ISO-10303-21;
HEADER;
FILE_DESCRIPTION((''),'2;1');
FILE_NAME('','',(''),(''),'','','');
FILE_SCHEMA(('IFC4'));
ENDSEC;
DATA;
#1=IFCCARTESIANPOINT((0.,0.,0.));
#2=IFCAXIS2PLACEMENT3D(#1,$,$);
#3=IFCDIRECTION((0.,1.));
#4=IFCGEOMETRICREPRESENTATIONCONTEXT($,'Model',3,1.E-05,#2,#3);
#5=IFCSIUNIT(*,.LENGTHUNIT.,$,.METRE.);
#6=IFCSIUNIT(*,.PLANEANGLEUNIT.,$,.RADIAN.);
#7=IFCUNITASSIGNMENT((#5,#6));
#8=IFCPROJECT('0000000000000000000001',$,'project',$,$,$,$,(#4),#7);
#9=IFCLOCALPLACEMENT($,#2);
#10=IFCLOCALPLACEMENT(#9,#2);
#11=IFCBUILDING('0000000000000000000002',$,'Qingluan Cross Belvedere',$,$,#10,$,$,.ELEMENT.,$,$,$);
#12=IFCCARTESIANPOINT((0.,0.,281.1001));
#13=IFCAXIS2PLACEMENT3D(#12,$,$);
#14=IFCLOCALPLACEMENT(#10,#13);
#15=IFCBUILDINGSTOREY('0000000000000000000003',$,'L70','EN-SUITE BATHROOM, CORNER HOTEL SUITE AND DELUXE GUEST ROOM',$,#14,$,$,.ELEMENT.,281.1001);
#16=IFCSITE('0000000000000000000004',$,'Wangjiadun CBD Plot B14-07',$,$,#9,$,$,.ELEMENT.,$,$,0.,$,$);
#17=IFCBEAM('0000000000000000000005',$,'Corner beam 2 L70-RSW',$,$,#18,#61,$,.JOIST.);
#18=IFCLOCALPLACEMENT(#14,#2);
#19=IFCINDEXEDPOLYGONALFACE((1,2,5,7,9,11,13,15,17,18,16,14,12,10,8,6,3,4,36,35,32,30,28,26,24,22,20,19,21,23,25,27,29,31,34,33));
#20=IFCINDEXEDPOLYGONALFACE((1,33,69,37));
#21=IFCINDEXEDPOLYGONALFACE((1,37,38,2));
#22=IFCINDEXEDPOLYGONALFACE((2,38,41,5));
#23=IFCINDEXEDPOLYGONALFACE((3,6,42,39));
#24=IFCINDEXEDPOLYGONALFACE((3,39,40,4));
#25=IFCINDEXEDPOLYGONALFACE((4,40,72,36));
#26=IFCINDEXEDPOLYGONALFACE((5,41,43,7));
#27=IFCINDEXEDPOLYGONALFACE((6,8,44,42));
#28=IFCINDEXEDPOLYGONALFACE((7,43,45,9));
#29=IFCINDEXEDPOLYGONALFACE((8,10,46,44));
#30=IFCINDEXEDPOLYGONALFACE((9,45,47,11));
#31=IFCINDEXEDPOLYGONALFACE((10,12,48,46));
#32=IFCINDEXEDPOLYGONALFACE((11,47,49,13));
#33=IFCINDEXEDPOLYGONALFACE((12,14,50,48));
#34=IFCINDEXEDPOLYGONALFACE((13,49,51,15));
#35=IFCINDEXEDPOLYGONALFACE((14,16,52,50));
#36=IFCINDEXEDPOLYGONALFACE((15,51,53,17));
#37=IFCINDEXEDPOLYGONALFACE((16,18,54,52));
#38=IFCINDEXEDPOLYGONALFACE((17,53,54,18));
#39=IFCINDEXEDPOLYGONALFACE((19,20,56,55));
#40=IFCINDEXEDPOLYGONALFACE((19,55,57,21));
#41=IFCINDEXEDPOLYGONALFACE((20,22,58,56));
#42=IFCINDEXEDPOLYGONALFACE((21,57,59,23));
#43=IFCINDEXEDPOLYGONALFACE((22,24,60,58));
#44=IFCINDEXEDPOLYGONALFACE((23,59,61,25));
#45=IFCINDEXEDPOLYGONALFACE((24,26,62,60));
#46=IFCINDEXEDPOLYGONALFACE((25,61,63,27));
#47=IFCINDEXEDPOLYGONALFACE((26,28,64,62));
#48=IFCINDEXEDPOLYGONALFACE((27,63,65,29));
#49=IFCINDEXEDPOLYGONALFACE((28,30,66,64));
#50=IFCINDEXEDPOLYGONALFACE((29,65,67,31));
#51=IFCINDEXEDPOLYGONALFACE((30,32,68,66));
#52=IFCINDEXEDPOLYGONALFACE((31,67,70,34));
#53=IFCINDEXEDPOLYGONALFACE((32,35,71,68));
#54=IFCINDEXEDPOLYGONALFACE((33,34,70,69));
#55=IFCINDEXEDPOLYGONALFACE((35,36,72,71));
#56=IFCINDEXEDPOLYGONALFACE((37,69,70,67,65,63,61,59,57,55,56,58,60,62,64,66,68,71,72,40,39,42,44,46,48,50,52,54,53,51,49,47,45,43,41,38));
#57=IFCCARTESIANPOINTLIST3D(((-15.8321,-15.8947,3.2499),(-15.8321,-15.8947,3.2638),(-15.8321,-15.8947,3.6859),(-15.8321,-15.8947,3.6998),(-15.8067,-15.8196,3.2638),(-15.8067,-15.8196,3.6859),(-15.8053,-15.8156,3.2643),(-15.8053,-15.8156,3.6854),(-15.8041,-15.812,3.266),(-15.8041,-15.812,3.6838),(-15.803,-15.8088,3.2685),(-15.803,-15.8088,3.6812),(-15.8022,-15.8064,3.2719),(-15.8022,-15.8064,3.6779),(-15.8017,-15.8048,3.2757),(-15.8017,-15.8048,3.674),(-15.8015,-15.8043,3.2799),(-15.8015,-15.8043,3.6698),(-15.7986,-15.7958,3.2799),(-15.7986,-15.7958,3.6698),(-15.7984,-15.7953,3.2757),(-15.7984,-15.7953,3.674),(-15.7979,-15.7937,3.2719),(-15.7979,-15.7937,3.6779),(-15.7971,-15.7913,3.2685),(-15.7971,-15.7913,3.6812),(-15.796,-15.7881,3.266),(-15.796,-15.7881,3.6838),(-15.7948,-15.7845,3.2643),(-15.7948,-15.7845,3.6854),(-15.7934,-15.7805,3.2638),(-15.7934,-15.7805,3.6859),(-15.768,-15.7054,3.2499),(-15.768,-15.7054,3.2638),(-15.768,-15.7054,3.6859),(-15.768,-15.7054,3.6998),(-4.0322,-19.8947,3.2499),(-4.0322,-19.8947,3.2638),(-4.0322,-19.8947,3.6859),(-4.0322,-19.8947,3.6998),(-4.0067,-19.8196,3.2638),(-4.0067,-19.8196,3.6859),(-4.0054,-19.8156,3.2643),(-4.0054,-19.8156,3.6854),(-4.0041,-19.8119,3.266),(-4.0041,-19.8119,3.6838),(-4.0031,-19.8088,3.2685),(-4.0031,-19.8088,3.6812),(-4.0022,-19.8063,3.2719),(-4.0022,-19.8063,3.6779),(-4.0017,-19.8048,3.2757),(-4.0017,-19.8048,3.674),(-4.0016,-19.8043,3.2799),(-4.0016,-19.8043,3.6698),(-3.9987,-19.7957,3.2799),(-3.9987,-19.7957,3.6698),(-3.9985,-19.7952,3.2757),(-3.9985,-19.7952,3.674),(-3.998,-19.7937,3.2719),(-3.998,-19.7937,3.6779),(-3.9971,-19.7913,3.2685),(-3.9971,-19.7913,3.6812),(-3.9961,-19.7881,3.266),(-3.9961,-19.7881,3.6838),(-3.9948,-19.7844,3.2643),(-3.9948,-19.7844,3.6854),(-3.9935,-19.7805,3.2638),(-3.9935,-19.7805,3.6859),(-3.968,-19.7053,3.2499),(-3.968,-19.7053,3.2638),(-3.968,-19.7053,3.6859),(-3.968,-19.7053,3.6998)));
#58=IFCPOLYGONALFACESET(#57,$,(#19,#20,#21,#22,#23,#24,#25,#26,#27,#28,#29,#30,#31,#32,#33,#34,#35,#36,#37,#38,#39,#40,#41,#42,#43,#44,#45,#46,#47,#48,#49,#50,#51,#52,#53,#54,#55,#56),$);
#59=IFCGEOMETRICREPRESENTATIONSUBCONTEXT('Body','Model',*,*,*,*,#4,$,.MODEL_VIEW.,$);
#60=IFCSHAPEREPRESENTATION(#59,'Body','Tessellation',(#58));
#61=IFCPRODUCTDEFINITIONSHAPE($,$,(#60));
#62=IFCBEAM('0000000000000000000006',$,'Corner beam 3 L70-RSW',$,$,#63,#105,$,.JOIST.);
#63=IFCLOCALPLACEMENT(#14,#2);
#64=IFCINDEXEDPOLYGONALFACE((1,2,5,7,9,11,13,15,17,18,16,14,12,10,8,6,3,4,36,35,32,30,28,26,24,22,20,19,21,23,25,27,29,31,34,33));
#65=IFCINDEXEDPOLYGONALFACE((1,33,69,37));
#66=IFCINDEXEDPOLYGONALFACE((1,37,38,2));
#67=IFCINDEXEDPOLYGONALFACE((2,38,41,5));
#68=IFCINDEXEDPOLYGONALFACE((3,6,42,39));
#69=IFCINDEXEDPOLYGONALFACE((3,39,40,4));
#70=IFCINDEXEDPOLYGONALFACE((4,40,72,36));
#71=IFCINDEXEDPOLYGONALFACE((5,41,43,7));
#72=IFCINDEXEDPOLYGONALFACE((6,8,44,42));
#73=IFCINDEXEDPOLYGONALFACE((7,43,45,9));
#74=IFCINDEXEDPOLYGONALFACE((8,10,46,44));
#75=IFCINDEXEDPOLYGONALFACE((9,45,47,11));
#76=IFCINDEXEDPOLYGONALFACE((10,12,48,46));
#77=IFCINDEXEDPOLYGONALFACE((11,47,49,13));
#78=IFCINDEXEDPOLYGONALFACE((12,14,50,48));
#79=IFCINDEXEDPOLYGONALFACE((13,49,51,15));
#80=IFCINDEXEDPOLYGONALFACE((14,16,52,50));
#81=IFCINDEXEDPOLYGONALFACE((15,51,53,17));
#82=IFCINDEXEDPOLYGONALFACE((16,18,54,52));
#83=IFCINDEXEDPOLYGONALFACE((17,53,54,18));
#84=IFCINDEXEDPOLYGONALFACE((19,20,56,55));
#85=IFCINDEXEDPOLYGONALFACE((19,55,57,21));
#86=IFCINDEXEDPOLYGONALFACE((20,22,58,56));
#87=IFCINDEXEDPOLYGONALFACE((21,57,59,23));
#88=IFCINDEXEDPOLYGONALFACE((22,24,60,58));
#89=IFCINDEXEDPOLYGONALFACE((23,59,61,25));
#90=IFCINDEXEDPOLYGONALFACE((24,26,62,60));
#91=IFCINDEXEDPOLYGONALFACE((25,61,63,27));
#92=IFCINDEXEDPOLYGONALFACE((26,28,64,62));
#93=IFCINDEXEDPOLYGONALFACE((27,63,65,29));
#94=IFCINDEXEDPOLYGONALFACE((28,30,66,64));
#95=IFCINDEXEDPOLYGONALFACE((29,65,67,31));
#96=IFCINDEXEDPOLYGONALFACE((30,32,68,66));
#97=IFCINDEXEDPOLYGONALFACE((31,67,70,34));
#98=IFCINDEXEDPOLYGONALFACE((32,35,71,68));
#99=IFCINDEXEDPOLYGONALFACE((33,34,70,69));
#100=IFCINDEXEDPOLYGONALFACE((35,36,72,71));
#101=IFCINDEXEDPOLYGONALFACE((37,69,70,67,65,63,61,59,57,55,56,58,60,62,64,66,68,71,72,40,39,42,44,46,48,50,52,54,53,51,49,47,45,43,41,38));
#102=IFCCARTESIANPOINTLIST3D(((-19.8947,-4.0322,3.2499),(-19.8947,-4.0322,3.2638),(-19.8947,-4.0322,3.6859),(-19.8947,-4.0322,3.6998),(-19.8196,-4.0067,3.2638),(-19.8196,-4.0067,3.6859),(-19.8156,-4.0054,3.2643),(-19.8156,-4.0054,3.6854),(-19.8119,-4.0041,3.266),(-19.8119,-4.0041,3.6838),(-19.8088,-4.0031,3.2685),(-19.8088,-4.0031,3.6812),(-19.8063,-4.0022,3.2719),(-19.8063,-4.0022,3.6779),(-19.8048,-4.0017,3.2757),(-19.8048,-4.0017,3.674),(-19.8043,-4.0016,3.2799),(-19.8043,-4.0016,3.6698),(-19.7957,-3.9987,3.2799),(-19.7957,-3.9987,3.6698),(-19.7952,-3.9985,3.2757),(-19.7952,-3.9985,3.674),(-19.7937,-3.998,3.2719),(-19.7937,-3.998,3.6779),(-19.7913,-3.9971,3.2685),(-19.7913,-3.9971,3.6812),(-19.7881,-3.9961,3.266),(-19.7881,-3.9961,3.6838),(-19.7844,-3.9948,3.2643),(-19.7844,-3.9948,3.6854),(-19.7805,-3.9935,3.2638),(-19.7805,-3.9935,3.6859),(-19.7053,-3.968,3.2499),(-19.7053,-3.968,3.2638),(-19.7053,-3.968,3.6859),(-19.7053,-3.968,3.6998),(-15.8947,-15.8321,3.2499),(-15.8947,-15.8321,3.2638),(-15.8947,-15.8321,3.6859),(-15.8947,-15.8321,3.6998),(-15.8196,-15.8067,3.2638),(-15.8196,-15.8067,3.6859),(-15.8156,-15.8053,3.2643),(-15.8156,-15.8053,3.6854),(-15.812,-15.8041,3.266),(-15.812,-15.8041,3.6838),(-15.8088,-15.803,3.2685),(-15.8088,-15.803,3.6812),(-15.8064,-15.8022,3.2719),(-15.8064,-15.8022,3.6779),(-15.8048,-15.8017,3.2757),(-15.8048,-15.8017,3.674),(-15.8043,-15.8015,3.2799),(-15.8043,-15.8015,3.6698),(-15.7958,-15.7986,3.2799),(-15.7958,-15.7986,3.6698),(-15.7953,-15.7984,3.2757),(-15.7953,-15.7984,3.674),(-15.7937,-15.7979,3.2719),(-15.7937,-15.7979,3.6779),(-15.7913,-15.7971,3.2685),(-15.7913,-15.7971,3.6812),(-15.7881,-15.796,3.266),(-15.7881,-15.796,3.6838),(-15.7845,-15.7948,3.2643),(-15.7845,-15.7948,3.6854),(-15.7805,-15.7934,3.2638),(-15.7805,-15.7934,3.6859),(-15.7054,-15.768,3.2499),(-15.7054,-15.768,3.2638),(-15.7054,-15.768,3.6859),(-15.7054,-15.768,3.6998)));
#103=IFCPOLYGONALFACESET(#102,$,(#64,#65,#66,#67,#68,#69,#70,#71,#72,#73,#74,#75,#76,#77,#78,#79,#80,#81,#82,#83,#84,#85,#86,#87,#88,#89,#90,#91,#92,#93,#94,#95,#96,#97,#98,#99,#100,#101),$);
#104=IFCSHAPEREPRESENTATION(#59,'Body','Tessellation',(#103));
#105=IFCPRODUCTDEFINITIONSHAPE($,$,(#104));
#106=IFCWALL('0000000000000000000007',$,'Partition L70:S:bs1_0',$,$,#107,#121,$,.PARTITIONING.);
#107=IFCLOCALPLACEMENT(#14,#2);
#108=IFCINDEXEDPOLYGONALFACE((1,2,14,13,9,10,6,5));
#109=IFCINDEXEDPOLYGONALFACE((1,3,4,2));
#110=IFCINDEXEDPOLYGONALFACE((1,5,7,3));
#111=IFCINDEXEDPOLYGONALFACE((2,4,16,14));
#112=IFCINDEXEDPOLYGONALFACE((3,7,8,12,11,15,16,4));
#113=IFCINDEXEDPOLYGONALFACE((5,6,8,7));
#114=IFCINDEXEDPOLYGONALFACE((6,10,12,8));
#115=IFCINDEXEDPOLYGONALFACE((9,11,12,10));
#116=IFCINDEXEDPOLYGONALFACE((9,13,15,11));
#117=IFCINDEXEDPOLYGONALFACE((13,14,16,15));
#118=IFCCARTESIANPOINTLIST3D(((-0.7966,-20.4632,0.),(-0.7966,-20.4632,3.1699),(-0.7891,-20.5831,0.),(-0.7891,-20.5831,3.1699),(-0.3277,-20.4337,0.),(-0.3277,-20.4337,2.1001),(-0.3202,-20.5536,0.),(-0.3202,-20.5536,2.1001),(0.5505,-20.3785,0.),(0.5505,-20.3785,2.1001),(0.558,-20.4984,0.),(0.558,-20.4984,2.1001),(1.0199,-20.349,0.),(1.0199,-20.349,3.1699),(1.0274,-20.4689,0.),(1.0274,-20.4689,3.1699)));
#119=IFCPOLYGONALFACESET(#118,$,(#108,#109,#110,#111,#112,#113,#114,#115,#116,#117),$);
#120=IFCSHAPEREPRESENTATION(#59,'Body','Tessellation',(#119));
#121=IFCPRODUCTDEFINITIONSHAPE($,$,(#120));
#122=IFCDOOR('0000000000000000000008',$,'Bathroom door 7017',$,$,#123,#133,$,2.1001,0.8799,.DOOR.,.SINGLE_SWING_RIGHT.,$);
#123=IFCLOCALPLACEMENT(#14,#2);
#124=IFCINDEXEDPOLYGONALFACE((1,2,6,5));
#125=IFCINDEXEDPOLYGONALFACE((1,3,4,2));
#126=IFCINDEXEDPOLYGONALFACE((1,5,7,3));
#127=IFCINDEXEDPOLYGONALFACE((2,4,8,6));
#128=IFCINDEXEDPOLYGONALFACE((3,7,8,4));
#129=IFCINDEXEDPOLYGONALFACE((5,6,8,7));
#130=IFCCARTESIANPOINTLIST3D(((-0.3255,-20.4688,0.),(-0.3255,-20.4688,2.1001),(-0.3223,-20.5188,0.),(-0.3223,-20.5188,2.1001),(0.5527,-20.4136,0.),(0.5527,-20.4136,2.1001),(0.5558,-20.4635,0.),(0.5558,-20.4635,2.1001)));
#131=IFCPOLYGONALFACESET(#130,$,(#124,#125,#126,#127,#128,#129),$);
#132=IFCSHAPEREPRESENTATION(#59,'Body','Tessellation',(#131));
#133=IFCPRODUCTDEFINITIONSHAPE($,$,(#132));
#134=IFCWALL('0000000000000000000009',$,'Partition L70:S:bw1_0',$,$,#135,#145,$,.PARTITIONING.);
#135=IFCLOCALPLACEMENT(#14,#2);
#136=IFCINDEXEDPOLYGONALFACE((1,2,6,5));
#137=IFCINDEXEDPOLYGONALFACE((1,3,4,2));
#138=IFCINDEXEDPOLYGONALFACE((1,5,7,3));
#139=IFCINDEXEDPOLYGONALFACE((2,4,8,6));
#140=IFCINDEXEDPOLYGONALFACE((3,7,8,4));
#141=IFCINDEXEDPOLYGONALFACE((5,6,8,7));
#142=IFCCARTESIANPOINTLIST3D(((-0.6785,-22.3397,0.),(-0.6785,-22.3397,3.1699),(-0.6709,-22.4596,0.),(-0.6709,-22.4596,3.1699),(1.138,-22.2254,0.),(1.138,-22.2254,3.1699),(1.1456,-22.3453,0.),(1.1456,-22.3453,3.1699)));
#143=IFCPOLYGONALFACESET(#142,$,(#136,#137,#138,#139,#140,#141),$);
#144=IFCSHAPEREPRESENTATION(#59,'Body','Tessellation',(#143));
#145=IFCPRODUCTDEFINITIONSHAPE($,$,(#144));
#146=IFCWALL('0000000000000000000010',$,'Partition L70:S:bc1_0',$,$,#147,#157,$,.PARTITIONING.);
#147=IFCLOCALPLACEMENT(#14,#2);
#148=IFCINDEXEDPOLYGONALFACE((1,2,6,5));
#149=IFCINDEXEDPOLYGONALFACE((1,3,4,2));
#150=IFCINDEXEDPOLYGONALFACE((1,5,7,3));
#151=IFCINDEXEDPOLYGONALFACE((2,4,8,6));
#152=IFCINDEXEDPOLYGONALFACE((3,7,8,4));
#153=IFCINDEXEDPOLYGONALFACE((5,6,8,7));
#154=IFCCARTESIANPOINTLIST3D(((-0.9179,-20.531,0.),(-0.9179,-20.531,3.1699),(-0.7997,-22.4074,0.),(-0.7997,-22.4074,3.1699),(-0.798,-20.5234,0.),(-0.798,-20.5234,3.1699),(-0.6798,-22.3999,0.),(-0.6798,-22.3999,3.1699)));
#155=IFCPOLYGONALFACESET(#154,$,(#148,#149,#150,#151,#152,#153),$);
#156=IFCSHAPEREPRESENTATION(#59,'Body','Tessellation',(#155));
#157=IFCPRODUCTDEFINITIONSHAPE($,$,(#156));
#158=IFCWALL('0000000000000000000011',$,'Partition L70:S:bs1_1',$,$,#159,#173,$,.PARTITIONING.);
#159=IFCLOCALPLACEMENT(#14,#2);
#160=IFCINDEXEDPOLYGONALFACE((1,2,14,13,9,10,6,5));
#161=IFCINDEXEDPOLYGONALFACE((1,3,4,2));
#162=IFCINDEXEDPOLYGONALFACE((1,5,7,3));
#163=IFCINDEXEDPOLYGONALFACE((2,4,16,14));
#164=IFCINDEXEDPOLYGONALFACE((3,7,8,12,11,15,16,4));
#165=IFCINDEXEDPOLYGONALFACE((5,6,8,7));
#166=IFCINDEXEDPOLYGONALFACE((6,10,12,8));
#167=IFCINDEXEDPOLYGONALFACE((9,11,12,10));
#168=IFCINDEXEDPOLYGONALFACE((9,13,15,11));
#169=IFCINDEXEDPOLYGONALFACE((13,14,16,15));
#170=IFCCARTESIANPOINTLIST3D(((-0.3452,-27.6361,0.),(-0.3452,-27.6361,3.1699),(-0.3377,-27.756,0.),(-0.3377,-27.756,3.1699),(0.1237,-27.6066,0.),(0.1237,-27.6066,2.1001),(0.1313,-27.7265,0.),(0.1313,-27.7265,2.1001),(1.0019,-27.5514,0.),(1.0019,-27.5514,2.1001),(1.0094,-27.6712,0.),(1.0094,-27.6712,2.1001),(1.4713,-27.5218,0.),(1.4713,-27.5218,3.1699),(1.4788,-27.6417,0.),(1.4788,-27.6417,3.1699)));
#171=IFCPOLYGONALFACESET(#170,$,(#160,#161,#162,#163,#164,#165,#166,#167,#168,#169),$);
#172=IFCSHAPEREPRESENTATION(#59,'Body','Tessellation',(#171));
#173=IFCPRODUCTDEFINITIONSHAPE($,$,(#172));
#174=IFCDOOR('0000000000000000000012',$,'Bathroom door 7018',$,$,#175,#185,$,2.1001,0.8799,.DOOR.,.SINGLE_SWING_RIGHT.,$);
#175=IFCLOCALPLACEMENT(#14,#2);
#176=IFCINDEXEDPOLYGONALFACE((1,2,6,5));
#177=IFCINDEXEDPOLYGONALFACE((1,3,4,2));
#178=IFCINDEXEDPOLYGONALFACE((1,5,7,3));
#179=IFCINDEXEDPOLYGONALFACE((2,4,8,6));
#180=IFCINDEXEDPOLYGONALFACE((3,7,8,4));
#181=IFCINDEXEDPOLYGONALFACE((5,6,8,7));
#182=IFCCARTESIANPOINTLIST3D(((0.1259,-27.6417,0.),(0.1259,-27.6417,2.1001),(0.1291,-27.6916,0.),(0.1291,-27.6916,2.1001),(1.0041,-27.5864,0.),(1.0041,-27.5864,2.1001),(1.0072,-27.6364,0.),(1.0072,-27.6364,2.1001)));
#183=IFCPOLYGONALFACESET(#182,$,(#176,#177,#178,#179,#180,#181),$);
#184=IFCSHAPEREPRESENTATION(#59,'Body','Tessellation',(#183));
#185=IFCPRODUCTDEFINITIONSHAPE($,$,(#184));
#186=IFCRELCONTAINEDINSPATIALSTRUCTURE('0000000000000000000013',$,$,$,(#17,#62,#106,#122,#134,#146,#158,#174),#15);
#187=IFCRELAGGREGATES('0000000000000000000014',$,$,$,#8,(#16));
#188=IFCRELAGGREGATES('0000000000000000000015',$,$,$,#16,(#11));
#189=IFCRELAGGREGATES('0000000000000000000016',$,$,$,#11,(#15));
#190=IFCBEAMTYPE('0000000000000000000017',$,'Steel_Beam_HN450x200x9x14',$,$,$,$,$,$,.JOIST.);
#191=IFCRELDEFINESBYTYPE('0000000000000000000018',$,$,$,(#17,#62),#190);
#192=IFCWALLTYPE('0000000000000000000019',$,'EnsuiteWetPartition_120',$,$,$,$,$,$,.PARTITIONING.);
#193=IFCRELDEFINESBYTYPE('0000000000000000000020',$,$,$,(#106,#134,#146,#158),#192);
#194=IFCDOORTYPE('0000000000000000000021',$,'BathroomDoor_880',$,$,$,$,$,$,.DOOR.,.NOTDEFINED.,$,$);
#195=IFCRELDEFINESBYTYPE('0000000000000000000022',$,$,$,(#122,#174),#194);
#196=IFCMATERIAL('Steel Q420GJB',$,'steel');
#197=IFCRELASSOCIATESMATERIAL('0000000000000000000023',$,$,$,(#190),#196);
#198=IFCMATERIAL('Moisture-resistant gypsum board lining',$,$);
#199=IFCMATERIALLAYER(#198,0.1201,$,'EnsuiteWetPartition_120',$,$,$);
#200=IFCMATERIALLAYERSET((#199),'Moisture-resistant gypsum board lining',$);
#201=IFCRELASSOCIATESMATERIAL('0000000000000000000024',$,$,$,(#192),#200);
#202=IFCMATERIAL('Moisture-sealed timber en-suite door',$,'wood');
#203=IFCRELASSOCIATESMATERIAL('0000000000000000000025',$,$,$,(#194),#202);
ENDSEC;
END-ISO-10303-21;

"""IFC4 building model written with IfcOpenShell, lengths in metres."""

from ifc_helpers import new_model, si_unit, direction, frame, frame_2d, origin, origin_2d, place, context, subcontext, project, spatial, rectangle, i_section, extrude, material, layer, layer_set, material_profile, profile_set, type_object, element, fill, save


model = new_model("IFC4")

# Units and contexts
model_context = context("Model", 3, precision=1e-05, world=origin(), true_north=direction((0.0, 1.0)))
body_context = subcontext(model_context, "Body", "Model", "MODEL_VIEW")
ifc_project = project(units=[si_unit("LENGTHUNIT", "METRE"), si_unit("PLANEANGLEUNIT", "RADIAN")], contexts=[model_context])

# Site, building, storey
site_placement = place(None, origin())
site = spatial("IfcSite", under=ifc_project, at=site_placement, Name="Wangjiadun CBD Plot B14-07", CompositionType="ELEMENT", RefElevation=0.0)
building_placement = place(site_placement, origin())
building = spatial("IfcBuilding", under=site, at=building_placement, Name="Qingluan Cross Belvedere", CompositionType="ELEMENT")
storey_placement = place(building_placement, frame((0.0, 0.0, 281.1001)))
storey = spatial("IfcBuildingStorey", under=building, at=storey_placement, Name="L70", Description="EN-SUITE BATHROOM, CORNER HOTEL SUITE AND DELUXE GUEST ROOM", CompositionType="ELEMENT", Elevation=281.1001)

# Beams
ifc_material_1 = material(Name="Steel Q420GJB", Category="steel")
ifc_material_profile_1 = material_profile(ifc_material_1, i_section(OverallWidth=0.2, OverallDepth=0.45, WebThickness=0.009, FlangeThickness=0.0139, FilletRadius=0.0161, at=origin_2d()), Name="HN450x200x9x14")
ifc_profile_set_1 = profile_set([ifc_material_profile_1], Name="Steel Q420GJB")
beam_type_1 = type_object("IfcBeamType", Name="Steel_Beam_HN450x200x9x14", PredefinedType="JOIST", material=ifc_profile_set_1)
for number, where, z_axis, x_axis, name in (
    (1, (-15.8, -15.8, 3.4749), (0.947066, -0.321038, 0.0), (0.321038, 0.947066, 0.0), "Corner beam 2 L70-RSW"),
    (2, (-15.8, -15.8, 3.4749), (-0.321038, 0.947066, 0.0), (-0.947066, -0.321038, 0.0), "Corner beam 3 L70-RSW"),
):
    element("IfcBeam", number, at=place(storey_placement, frame(where, z_axis=z_axis, x_axis=x_axis)), inside=storey, type_object=beam_type_1, Name=name, PredefinedType="JOIST", context=body_context, shape_type="SweptSolid", body=[
        extrude(i_section(OverallWidth=0.2, OverallDepth=0.45, WebThickness=0.009, FlangeThickness=0.0139, FilletRadius=0.0161, at=origin_2d()), origin(), (0.0, 0.0, 1.0), 12.4595),
    ])

# Wall, opening, door
ifc_material_2 = material(Name="Moisture-resistant gypsum board lining")
ifc_layer_1 = layer(ifc_material_2, 0.1201, Name="EnsuiteWetPartition_120")
ifc_layer_set_1 = layer_set([ifc_layer_1], Name="Moisture-resistant gypsum board lining")
wall_type_1 = type_object("IfcWallType", Name="EnsuiteWetPartition_120", PredefinedType="PARTITIONING", material=ifc_layer_set_1)
wall_1_placement = place(storey_placement, frame((-0.793, -20.5232, 0.0), z_axis=(0.0, 0.0, 1.0), x_axis=(0.998027, 0.062779, 0.0)))
wall_1 = element("IfcWall", 3, at=wall_1_placement, inside=storey, type_object=wall_type_1, Name="Partition L70:S:bs1_0", PredefinedType="PARTITIONING", context=body_context, shape_type="SweptSolid", body=[
    extrude(rectangle(XDim=1.8201, YDim=0.1201, at=frame_2d((0.9102, 0.0))), origin(), (0.0, 0.0, 1.0), 3.1699),
])
opening_1_placement = place(wall_1_placement, frame((0.47, 0.0, 0.0)))
opening_1 = element("IfcOpeningElement", 4, at=opening_1_placement, cuts=wall_1, PredefinedType="OPENING", context=body_context, shape_type="SweptSolid", body=[
    extrude(rectangle(XDim=0.8799, YDim=2.1001, at=frame_2d((0.4399, 1.05))), frame((0.0, 0.0701, 0.0), z_axis=(0.0, -1.0, 0.0), x_axis=(1.0, 0.0, 0.0)), (0.0, 0.0, 1.0), 0.1401),
])
ifc_material_3 = material(Name="Moisture-sealed timber en-suite door", Category="wood")
door_type = type_object("IfcDoorType", Name="BathroomDoor_880", OperationType="NOTDEFINED", PredefinedType="DOOR", material=ifc_material_3)
door_1_placement = place(opening_1_placement, origin())
door_1 = element("IfcDoor", 5, at=door_1_placement, inside=storey, type_object=door_type, Name="Bathroom door 7017", OperationType="SINGLE_SWING_RIGHT", OverallHeight=2.1001, OverallWidth=0.8799, PredefinedType="DOOR", context=body_context, shape_type="SweptSolid", body=[
    extrude(rectangle(XDim=0.8799, YDim=2.1001, at=frame_2d((0.4399, 1.05))), frame((0.0, 0.0249, 0.0), z_axis=(0.0, -1.0, 0.0), x_axis=(1.0, 0.0, 0.0)), (0.0, 0.0, 1.0), 0.05),
])
fill(opening_1, door_1)

# Walls
wall_2_placement = place(storey_placement, frame((-0.6748, -22.3997, 0.0), z_axis=(0.0, 0.0, 1.0), x_axis=(0.998027, 0.062779, 0.0)))
element("IfcWall", 6, at=wall_2_placement, inside=storey, type_object=wall_type_1, Name="Partition L70:S:bw1_0", PredefinedType="PARTITIONING", context=body_context, shape_type="SweptSolid", body=[
    extrude(rectangle(XDim=1.8201, YDim=0.1201, at=frame_2d((0.9102, 0.0))), origin(), (0.0, 0.0, 1.0), 3.1699),
])
wall_3_placement = place(storey_placement, frame((-0.8579, -20.5273, 0.0), z_axis=(0.0, 0.0, 1.0), x_axis=(0.062847, -0.998023, 0.0)))
element("IfcWall", 7, at=wall_3_placement, inside=storey, type_object=wall_type_1, Name="Partition L70:S:bc1_0", PredefinedType="PARTITIONING", context=body_context, shape_type="SweptSolid", body=[
    extrude(rectangle(XDim=1.8801, YDim=0.1201, at=frame_2d((0.9399, 0.0))), origin(), (0.0, 0.0, 1.0), 3.1699),
])

# Wall, opening, door
wall_4_placement = place(storey_placement, frame((-0.3416, -27.696, 0.0), z_axis=(0.0, 0.0, 1.0), x_axis=(0.998027, 0.062779, 0.0)))
wall_4 = element("IfcWall", 8, at=wall_4_placement, inside=storey, type_object=wall_type_1, Name="Partition L70:S:bs1_1", PredefinedType="PARTITIONING", context=body_context, shape_type="SweptSolid", body=[
    extrude(rectangle(XDim=1.8201, YDim=0.1201, at=frame_2d((0.9102, 0.0))), origin(), (0.0, 0.0, 1.0), 3.1699),
])
opening_2_placement = place(wall_4_placement, frame((0.47, 0.0, 0.0)))
opening_2 = element("IfcOpeningElement", 9, at=opening_2_placement, cuts=wall_4, PredefinedType="OPENING", context=body_context, shape_type="SweptSolid", body=[
    extrude(rectangle(XDim=0.8799, YDim=2.1001, at=frame_2d((0.4399, 1.05))), frame((0.0, 0.0701, 0.0), z_axis=(0.0, -1.0, 0.0), x_axis=(1.0, 0.0, 0.0)), (0.0, 0.0, 1.0), 0.1401),
])
door_2_placement = place(opening_2_placement, origin())
door_2 = element("IfcDoor", 10, at=door_2_placement, inside=storey, type_object=door_type, Name="Bathroom door 7018", OperationType="SINGLE_SWING_RIGHT", OverallHeight=2.1001, OverallWidth=0.8799, PredefinedType="DOOR", context=body_context, shape_type="SweptSolid", body=[
    extrude(rectangle(XDim=0.8799, YDim=2.1001, at=frame_2d((0.4399, 1.05))), frame((0.0, 0.0249, 0.0), z_axis=(0.0, -1.0, 0.0), x_axis=(1.0, 0.0, 0.0)), (0.0, 0.0, 1.0), 0.05),
])
fill(opening_2, door_2)

save(model, "model.ifc")
